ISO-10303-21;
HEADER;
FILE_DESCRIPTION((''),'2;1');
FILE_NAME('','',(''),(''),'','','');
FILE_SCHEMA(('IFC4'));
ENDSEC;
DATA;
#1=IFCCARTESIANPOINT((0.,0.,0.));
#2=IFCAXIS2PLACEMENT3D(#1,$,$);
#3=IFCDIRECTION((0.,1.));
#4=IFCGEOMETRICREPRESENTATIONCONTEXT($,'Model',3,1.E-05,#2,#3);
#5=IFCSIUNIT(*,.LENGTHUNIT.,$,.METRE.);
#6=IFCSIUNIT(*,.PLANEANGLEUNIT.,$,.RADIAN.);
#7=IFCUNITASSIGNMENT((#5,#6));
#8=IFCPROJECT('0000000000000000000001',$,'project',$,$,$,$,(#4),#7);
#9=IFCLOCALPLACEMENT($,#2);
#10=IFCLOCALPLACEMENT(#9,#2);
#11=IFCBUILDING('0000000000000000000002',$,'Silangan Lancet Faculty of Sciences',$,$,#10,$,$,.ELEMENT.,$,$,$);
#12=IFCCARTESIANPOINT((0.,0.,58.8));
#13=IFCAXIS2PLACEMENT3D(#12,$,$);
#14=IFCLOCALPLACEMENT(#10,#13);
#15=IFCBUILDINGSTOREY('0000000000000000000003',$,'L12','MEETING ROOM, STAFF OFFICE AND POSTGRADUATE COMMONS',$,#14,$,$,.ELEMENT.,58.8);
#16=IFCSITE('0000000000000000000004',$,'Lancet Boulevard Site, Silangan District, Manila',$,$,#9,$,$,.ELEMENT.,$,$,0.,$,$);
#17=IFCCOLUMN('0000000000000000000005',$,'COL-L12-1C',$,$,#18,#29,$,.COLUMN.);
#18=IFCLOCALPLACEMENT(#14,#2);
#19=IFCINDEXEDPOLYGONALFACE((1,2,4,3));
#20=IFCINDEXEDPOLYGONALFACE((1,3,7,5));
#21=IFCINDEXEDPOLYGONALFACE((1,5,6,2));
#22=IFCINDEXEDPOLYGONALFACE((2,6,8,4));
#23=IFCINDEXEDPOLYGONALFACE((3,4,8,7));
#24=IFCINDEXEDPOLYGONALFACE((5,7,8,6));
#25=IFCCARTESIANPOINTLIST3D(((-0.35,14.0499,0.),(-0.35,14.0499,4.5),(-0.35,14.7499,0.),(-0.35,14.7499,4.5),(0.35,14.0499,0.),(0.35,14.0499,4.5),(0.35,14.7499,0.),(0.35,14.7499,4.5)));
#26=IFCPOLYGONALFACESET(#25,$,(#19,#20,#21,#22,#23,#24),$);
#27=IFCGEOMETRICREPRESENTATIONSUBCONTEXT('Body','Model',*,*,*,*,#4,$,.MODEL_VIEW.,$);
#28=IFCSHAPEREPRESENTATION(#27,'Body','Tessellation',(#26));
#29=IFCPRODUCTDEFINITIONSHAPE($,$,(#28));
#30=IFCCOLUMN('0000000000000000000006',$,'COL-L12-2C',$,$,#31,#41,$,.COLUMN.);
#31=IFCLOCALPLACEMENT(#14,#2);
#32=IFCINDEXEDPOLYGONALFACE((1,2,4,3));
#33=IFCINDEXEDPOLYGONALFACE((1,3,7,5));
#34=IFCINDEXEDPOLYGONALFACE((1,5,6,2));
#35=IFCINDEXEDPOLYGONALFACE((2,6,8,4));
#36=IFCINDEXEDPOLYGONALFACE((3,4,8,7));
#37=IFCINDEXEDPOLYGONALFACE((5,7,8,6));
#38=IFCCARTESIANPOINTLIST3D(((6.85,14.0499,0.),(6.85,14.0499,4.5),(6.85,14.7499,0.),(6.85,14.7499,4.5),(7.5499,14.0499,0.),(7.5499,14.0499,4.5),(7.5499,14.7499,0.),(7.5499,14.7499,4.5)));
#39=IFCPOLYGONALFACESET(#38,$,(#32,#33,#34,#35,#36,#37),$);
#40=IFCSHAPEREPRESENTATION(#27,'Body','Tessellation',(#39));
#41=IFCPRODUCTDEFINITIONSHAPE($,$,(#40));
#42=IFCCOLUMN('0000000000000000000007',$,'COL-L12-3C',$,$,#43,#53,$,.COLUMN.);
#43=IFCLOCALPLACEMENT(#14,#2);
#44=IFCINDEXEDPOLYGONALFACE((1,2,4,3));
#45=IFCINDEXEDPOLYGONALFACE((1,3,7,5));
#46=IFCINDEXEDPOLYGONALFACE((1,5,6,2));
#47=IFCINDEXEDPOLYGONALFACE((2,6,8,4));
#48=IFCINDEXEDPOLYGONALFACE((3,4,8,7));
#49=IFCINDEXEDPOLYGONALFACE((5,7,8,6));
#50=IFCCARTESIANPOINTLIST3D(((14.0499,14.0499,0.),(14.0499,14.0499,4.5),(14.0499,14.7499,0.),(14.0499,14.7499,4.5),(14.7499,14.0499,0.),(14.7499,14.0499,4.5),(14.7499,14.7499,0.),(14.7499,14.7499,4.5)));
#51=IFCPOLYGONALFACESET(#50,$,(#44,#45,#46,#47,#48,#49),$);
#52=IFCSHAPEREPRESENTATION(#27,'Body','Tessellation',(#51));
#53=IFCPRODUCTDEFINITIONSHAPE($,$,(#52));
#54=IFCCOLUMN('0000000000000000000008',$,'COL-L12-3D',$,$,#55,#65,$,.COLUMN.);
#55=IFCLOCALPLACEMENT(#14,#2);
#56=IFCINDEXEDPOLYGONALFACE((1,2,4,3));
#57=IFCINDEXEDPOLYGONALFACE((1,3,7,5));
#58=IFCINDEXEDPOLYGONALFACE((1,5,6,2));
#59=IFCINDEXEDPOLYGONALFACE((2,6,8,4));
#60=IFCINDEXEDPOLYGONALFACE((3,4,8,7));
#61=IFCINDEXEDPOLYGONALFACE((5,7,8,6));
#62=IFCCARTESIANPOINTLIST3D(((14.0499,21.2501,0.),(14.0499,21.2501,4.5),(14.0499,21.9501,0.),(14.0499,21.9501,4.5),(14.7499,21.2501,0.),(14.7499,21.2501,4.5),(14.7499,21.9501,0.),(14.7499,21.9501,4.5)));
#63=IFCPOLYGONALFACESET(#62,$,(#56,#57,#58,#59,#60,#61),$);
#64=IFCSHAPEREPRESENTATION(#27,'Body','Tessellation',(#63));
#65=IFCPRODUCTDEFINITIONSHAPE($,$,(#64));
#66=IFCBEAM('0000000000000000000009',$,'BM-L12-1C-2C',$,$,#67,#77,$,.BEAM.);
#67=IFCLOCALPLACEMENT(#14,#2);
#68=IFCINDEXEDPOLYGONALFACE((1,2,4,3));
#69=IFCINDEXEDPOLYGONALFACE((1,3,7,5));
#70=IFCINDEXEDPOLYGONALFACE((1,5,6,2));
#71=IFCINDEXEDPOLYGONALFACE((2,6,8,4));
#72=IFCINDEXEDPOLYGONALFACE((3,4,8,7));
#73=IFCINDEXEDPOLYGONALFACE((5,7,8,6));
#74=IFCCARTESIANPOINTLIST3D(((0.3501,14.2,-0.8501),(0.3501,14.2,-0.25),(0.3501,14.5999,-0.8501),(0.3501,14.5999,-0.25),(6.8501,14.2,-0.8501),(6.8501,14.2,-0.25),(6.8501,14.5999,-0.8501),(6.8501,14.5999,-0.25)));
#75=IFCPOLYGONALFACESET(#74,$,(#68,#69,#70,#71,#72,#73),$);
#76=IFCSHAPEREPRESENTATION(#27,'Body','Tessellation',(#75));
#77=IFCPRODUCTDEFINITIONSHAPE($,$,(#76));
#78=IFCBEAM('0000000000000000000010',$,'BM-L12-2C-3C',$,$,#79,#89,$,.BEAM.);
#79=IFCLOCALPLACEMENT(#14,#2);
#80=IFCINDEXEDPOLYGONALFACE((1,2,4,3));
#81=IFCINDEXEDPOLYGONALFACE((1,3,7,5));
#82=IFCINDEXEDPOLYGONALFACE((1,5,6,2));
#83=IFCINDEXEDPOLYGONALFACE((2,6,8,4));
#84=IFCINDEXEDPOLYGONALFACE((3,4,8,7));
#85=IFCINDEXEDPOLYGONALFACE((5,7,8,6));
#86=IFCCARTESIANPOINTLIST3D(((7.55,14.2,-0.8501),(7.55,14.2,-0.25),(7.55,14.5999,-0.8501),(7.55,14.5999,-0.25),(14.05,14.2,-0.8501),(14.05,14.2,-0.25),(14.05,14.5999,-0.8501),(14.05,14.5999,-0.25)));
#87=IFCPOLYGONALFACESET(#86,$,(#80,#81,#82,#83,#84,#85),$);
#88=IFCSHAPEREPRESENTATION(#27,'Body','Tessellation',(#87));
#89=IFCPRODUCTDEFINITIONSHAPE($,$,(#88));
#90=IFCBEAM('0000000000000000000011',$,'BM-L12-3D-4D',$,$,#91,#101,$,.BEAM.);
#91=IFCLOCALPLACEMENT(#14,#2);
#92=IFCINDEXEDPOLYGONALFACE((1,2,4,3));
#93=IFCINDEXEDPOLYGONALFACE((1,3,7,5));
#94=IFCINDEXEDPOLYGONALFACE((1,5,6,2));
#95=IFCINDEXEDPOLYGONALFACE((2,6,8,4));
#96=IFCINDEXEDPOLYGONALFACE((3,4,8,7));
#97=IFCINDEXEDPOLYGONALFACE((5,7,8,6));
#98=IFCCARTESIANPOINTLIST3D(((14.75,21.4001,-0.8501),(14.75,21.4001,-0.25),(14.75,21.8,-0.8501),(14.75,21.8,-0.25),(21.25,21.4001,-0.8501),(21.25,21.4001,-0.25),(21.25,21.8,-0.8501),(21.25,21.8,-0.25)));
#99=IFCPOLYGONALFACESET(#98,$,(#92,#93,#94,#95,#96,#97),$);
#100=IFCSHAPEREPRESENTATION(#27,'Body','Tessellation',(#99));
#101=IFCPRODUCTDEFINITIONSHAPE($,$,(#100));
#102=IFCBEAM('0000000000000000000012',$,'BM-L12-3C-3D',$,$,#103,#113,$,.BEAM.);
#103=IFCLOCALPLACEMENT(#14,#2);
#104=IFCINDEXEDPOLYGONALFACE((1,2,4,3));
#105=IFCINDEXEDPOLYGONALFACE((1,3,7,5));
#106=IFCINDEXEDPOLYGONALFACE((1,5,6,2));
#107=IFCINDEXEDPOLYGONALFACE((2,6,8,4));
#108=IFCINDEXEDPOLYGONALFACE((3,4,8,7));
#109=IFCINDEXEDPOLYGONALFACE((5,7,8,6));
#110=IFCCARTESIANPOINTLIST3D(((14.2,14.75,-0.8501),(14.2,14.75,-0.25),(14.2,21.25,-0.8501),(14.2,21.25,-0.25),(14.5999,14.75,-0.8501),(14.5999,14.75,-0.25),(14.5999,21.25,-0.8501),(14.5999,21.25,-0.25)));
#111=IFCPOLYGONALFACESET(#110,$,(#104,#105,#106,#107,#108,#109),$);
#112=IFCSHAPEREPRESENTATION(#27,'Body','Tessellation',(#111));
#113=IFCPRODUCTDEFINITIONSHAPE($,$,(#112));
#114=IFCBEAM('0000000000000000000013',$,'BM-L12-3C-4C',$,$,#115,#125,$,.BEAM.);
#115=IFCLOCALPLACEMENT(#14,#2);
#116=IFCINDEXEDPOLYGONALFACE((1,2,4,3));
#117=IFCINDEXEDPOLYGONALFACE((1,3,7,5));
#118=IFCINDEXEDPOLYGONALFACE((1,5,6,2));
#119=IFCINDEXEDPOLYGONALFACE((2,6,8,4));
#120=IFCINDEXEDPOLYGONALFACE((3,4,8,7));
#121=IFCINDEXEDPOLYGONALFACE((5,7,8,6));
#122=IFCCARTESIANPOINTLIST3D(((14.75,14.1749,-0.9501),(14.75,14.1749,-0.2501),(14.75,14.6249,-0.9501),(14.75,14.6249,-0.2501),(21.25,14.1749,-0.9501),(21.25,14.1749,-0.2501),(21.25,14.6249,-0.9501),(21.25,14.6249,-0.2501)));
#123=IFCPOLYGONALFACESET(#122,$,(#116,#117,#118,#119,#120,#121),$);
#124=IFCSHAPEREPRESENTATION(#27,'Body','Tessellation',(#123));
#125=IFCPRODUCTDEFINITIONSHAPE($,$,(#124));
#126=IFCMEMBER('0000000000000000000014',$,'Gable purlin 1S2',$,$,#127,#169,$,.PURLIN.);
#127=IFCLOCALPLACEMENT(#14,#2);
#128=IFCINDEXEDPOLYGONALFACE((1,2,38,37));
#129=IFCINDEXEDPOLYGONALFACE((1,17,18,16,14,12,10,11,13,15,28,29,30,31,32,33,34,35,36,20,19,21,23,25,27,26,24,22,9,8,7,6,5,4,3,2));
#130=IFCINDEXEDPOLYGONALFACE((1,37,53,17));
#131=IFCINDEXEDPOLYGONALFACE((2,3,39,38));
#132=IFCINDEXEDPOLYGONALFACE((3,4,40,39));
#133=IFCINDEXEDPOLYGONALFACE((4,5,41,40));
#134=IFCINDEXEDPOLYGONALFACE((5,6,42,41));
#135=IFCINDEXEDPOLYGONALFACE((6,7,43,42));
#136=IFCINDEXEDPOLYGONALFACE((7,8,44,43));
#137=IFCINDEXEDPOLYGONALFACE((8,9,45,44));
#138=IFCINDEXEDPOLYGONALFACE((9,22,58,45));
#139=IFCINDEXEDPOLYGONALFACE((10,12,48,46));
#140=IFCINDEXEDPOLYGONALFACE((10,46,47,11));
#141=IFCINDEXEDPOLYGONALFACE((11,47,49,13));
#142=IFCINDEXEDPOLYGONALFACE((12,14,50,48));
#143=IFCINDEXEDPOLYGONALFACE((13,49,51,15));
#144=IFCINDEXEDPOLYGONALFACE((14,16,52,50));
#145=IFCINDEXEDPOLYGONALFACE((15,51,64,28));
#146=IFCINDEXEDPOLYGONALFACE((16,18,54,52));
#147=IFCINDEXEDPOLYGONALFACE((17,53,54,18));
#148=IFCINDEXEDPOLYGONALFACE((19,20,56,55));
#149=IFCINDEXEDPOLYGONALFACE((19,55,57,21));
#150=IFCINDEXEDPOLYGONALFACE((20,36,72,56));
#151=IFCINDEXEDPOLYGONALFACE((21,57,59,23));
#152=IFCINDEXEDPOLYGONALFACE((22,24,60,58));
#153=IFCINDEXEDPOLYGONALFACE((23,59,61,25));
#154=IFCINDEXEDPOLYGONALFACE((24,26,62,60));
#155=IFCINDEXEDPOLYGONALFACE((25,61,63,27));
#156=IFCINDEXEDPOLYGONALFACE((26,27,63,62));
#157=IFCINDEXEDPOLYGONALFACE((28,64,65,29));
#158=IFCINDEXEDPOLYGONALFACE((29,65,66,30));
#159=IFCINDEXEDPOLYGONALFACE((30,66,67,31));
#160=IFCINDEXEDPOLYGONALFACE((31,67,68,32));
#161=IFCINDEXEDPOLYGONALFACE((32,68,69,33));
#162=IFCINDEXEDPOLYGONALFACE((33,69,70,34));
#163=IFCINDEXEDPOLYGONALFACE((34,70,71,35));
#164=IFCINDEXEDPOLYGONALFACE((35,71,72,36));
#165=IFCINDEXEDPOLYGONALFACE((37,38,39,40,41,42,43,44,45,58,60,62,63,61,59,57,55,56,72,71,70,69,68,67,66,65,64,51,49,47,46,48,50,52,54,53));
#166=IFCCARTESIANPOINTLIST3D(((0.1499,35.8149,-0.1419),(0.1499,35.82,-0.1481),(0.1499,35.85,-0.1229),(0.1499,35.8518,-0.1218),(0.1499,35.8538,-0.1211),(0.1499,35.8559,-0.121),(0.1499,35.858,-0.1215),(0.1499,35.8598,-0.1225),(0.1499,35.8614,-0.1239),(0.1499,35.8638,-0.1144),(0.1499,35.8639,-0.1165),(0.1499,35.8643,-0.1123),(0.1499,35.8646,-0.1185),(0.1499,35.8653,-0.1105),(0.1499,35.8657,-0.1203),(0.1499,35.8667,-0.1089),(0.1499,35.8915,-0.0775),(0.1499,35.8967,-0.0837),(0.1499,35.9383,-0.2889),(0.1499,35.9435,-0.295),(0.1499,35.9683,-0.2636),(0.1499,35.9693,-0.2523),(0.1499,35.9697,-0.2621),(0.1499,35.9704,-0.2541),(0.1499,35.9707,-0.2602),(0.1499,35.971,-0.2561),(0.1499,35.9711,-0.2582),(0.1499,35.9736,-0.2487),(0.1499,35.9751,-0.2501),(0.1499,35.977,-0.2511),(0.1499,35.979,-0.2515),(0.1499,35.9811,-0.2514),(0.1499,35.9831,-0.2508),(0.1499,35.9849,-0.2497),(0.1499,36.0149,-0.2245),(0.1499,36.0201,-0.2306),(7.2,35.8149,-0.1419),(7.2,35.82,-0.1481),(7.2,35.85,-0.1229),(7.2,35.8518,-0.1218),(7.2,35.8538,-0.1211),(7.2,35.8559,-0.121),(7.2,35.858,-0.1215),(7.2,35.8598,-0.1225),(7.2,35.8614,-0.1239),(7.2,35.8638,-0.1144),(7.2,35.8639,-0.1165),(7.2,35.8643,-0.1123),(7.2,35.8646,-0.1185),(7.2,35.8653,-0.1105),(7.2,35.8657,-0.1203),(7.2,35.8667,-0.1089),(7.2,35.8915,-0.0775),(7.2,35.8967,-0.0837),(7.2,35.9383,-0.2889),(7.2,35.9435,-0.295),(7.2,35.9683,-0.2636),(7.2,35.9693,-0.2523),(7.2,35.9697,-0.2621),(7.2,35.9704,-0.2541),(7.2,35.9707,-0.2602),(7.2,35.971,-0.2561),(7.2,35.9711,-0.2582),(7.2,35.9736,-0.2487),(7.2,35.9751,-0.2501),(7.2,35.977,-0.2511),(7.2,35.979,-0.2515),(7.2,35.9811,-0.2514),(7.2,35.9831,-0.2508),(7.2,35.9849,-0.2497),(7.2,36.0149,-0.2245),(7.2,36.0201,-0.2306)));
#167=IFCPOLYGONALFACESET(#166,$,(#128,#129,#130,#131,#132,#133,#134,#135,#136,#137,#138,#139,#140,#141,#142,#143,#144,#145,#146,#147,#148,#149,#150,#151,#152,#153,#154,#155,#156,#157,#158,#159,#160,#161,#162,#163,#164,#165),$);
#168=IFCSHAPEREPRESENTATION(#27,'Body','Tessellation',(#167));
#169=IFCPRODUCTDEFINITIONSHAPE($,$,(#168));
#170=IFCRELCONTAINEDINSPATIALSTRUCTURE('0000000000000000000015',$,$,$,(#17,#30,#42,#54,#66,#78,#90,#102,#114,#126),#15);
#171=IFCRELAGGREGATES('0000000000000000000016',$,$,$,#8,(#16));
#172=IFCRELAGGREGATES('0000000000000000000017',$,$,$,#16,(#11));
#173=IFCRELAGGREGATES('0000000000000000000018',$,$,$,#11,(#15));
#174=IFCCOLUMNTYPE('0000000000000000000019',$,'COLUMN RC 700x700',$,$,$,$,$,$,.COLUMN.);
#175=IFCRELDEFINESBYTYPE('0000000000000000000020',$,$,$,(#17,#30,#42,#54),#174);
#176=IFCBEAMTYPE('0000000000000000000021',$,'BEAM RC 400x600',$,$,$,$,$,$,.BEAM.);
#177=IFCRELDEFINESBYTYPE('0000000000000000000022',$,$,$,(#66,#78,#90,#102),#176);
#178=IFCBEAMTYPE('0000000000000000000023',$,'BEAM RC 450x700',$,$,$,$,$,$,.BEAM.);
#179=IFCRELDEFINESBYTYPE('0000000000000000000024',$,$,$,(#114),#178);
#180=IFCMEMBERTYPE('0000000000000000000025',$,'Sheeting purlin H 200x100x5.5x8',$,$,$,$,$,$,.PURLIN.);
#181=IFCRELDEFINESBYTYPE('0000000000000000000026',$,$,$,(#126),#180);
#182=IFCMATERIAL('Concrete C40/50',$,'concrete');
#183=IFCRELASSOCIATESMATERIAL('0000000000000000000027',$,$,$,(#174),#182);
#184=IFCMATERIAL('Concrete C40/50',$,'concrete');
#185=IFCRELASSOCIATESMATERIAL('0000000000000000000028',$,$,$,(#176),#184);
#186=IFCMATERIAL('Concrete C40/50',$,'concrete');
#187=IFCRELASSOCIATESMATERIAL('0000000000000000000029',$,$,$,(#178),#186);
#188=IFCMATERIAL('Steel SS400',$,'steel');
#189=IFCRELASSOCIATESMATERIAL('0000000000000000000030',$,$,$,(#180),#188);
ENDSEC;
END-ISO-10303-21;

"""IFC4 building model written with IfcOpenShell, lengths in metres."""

from ifc_helpers import new_model, si_unit, direction, frame, origin, origin_2d, place, context, subcontext, project, spatial, rectangle, i_section, extrude, material, material_profile, profile_set, type_object, element, save


model = new_model("IFC4")

# Units and contexts
model_context = context("Model", 3, precision=1e-05, world=origin(), true_north=direction((0.0, 1.0)))
body_context = subcontext(model_context, "Body", "Model", "MODEL_VIEW")
ifc_project = project(units=[si_unit("LENGTHUNIT", "METRE"), si_unit("PLANEANGLEUNIT", "RADIAN")], contexts=[model_context])

# Site, building, storey
site_placement = place(None, origin())
site = spatial("IfcSite", under=ifc_project, at=site_placement, Name="Lancet Boulevard Site, Silangan District, Manila", CompositionType="ELEMENT", RefElevation=0.0)
building_placement = place(site_placement, origin())
building = spatial("IfcBuilding", under=site, at=building_placement, Name="Silangan Lancet Faculty of Sciences", CompositionType="ELEMENT")
storey_placement = place(building_placement, frame((0.0, 0.0, 58.8)))
storey = spatial("IfcBuildingStorey", under=building, at=storey_placement, Name="L12", Description="MEETING ROOM, STAFF OFFICE AND POSTGRADUATE COMMONS", CompositionType="ELEMENT", Elevation=58.8)

# Columns
ifc_material_1 = material(Name="Concrete C40/50", Category="concrete")
ifc_material_profile_1 = material_profile(ifc_material_1, rectangle(XDim=0.7, YDim=0.7, at=origin_2d()), Name="RC 700x700")
ifc_profile_set_1 = profile_set([ifc_material_profile_1], Name="Concrete C40/50")
column_type = type_object("IfcColumnType", Name="COLUMN RC 700x700", PredefinedType="COLUMN", material=ifc_profile_set_1)
for number, where, z_axis, x_axis, name in (
    (1, (0.0, 14.3999, 0.0), (0.0, 0.0, 1.0), (1.0, 0.0, 0.0), "COL-L12-1C"),
    (2, (7.2, 14.3999, 0.0), (0.0, 0.0, 1.0), (1.0, 0.0, 0.0), "COL-L12-2C"),
    (3, (14.3999, 14.3999, 0.0), (0.0, 0.0, 1.0), (1.0, 0.0, 0.0), "COL-L12-3C"),
    (4, (14.3999, 21.6001, 0.0), (0.0, 0.0, 1.0), (1.0, 0.0, 0.0), "COL-L12-3D"),
):
    element("IfcColumn", number, at=place(storey_placement, frame(where, z_axis=z_axis, x_axis=x_axis)), inside=storey, type_object=column_type, Name=name, PredefinedType="COLUMN", context=body_context, shape_type="SweptSolid", body=[
        extrude(rectangle(XDim=0.7, YDim=0.7, at=origin_2d()), origin(), (0.0, 0.0, 1.0), 4.5),
    ])

# Beams
ifc_material_2 = material(Name="Concrete C40/50", Category="concrete")
ifc_material_profile_2 = material_profile(ifc_material_2, rectangle(XDim=0.3999, YDim=0.6001, at=origin_2d()), Name="RC 400x600")
ifc_profile_set_2 = profile_set([ifc_material_profile_2], Name="Concrete C40/50")
beam_type_1 = type_object("IfcBeamType", Name="BEAM RC 400x600", PredefinedType="BEAM", material=ifc_profile_set_2)
for number, where, z_axis, x_axis, name in (
    (5, (0.3501, 14.3999, -0.55), (1.0, 0.0, 0.0), (0.0, 1.0, 0.0), "BM-L12-1C-2C"),
    (6, (7.55, 14.3999, -0.55), (1.0, 0.0, 0.0), (0.0, 1.0, 0.0), "BM-L12-2C-3C"),
    (7, (14.75, 21.6001, -0.55), (1.0, 0.0, 0.0), (0.0, 1.0, 0.0), "BM-L12-3D-4D"),
    (8, (14.3999, 14.75, -0.55), (0.0, 1.0, 0.0), (-1.0, 0.0, 0.0), "BM-L12-3C-3D"),
):
    element("IfcBeam", number, at=place(storey_placement, frame(where, z_axis=z_axis, x_axis=x_axis)), inside=storey, type_object=beam_type_1, Name=name, PredefinedType="BEAM", context=body_context, shape_type="SweptSolid", body=[
        extrude(rectangle(XDim=0.3999, YDim=0.6001, at=origin_2d()), origin(), (0.0, 0.0, 1.0), 6.5),
    ])
ifc_material_3 = material(Name="Concrete C40/50", Category="concrete")
ifc_material_profile_3 = material_profile(ifc_material_3, rectangle(XDim=0.45, YDim=0.7, at=origin_2d()), Name="RC 450x700")
ifc_profile_set_3 = profile_set([ifc_material_profile_3], Name="Concrete C40/50")
beam_type_2 = type_object("IfcBeamType", Name="BEAM RC 450x700", PredefinedType="BEAM", material=ifc_profile_set_3)
beam_placement = place(storey_placement, frame((14.75, 14.3999, -0.6001), z_axis=(1.0, 0.0, 0.0), x_axis=(0.0, 1.0, 0.0)))
element("IfcBeam", 9, at=beam_placement, inside=storey, type_object=beam_type_2, Name="BM-L12-3C-4C", PredefinedType="BEAM", context=body_context, shape_type="SweptSolid", body=[
    extrude(rectangle(XDim=0.45, YDim=0.7, at=origin_2d()), origin(), (0.0, 0.0, 1.0), 6.5),
])

# Member
ifc_material_4 = material(Name="Steel SS400", Category="steel")
ifc_material_profile_4 = material_profile(ifc_material_4, i_section(OverallWidth=0.1001, OverallDepth=0.2, WebThickness=0.0056, FlangeThickness=0.0081, FilletRadius=0.0081, at=origin_2d()), Name="H 200x100x5.5x8")
ifc_profile_set_4 = profile_set([ifc_material_profile_4], Name="Steel SS400")
member_type = type_object("IfcMemberType", Name="Sheeting purlin H 200x100x5.5x8", PredefinedType="PURLIN", material=ifc_profile_set_4)
member_placement = place(storey_placement, frame((0.1499, 35.9175, -0.1863), z_axis=(1.0, 0.0, 0.0), x_axis=(0.0, 0.765705, 0.643192)))
element("IfcMember", 10, at=member_placement, inside=storey, type_object=member_type, Name="Gable purlin 1S2", PredefinedType="PURLIN", context=body_context, shape_type="SweptSolid", body=[
    extrude(i_section(OverallWidth=0.1001, OverallDepth=0.2, WebThickness=0.0056, FlangeThickness=0.0081, FilletRadius=0.0081, at=origin_2d()), origin(), (0.0, 0.0, 1.0), 7.05),
])

save(model, "model.ifc")
